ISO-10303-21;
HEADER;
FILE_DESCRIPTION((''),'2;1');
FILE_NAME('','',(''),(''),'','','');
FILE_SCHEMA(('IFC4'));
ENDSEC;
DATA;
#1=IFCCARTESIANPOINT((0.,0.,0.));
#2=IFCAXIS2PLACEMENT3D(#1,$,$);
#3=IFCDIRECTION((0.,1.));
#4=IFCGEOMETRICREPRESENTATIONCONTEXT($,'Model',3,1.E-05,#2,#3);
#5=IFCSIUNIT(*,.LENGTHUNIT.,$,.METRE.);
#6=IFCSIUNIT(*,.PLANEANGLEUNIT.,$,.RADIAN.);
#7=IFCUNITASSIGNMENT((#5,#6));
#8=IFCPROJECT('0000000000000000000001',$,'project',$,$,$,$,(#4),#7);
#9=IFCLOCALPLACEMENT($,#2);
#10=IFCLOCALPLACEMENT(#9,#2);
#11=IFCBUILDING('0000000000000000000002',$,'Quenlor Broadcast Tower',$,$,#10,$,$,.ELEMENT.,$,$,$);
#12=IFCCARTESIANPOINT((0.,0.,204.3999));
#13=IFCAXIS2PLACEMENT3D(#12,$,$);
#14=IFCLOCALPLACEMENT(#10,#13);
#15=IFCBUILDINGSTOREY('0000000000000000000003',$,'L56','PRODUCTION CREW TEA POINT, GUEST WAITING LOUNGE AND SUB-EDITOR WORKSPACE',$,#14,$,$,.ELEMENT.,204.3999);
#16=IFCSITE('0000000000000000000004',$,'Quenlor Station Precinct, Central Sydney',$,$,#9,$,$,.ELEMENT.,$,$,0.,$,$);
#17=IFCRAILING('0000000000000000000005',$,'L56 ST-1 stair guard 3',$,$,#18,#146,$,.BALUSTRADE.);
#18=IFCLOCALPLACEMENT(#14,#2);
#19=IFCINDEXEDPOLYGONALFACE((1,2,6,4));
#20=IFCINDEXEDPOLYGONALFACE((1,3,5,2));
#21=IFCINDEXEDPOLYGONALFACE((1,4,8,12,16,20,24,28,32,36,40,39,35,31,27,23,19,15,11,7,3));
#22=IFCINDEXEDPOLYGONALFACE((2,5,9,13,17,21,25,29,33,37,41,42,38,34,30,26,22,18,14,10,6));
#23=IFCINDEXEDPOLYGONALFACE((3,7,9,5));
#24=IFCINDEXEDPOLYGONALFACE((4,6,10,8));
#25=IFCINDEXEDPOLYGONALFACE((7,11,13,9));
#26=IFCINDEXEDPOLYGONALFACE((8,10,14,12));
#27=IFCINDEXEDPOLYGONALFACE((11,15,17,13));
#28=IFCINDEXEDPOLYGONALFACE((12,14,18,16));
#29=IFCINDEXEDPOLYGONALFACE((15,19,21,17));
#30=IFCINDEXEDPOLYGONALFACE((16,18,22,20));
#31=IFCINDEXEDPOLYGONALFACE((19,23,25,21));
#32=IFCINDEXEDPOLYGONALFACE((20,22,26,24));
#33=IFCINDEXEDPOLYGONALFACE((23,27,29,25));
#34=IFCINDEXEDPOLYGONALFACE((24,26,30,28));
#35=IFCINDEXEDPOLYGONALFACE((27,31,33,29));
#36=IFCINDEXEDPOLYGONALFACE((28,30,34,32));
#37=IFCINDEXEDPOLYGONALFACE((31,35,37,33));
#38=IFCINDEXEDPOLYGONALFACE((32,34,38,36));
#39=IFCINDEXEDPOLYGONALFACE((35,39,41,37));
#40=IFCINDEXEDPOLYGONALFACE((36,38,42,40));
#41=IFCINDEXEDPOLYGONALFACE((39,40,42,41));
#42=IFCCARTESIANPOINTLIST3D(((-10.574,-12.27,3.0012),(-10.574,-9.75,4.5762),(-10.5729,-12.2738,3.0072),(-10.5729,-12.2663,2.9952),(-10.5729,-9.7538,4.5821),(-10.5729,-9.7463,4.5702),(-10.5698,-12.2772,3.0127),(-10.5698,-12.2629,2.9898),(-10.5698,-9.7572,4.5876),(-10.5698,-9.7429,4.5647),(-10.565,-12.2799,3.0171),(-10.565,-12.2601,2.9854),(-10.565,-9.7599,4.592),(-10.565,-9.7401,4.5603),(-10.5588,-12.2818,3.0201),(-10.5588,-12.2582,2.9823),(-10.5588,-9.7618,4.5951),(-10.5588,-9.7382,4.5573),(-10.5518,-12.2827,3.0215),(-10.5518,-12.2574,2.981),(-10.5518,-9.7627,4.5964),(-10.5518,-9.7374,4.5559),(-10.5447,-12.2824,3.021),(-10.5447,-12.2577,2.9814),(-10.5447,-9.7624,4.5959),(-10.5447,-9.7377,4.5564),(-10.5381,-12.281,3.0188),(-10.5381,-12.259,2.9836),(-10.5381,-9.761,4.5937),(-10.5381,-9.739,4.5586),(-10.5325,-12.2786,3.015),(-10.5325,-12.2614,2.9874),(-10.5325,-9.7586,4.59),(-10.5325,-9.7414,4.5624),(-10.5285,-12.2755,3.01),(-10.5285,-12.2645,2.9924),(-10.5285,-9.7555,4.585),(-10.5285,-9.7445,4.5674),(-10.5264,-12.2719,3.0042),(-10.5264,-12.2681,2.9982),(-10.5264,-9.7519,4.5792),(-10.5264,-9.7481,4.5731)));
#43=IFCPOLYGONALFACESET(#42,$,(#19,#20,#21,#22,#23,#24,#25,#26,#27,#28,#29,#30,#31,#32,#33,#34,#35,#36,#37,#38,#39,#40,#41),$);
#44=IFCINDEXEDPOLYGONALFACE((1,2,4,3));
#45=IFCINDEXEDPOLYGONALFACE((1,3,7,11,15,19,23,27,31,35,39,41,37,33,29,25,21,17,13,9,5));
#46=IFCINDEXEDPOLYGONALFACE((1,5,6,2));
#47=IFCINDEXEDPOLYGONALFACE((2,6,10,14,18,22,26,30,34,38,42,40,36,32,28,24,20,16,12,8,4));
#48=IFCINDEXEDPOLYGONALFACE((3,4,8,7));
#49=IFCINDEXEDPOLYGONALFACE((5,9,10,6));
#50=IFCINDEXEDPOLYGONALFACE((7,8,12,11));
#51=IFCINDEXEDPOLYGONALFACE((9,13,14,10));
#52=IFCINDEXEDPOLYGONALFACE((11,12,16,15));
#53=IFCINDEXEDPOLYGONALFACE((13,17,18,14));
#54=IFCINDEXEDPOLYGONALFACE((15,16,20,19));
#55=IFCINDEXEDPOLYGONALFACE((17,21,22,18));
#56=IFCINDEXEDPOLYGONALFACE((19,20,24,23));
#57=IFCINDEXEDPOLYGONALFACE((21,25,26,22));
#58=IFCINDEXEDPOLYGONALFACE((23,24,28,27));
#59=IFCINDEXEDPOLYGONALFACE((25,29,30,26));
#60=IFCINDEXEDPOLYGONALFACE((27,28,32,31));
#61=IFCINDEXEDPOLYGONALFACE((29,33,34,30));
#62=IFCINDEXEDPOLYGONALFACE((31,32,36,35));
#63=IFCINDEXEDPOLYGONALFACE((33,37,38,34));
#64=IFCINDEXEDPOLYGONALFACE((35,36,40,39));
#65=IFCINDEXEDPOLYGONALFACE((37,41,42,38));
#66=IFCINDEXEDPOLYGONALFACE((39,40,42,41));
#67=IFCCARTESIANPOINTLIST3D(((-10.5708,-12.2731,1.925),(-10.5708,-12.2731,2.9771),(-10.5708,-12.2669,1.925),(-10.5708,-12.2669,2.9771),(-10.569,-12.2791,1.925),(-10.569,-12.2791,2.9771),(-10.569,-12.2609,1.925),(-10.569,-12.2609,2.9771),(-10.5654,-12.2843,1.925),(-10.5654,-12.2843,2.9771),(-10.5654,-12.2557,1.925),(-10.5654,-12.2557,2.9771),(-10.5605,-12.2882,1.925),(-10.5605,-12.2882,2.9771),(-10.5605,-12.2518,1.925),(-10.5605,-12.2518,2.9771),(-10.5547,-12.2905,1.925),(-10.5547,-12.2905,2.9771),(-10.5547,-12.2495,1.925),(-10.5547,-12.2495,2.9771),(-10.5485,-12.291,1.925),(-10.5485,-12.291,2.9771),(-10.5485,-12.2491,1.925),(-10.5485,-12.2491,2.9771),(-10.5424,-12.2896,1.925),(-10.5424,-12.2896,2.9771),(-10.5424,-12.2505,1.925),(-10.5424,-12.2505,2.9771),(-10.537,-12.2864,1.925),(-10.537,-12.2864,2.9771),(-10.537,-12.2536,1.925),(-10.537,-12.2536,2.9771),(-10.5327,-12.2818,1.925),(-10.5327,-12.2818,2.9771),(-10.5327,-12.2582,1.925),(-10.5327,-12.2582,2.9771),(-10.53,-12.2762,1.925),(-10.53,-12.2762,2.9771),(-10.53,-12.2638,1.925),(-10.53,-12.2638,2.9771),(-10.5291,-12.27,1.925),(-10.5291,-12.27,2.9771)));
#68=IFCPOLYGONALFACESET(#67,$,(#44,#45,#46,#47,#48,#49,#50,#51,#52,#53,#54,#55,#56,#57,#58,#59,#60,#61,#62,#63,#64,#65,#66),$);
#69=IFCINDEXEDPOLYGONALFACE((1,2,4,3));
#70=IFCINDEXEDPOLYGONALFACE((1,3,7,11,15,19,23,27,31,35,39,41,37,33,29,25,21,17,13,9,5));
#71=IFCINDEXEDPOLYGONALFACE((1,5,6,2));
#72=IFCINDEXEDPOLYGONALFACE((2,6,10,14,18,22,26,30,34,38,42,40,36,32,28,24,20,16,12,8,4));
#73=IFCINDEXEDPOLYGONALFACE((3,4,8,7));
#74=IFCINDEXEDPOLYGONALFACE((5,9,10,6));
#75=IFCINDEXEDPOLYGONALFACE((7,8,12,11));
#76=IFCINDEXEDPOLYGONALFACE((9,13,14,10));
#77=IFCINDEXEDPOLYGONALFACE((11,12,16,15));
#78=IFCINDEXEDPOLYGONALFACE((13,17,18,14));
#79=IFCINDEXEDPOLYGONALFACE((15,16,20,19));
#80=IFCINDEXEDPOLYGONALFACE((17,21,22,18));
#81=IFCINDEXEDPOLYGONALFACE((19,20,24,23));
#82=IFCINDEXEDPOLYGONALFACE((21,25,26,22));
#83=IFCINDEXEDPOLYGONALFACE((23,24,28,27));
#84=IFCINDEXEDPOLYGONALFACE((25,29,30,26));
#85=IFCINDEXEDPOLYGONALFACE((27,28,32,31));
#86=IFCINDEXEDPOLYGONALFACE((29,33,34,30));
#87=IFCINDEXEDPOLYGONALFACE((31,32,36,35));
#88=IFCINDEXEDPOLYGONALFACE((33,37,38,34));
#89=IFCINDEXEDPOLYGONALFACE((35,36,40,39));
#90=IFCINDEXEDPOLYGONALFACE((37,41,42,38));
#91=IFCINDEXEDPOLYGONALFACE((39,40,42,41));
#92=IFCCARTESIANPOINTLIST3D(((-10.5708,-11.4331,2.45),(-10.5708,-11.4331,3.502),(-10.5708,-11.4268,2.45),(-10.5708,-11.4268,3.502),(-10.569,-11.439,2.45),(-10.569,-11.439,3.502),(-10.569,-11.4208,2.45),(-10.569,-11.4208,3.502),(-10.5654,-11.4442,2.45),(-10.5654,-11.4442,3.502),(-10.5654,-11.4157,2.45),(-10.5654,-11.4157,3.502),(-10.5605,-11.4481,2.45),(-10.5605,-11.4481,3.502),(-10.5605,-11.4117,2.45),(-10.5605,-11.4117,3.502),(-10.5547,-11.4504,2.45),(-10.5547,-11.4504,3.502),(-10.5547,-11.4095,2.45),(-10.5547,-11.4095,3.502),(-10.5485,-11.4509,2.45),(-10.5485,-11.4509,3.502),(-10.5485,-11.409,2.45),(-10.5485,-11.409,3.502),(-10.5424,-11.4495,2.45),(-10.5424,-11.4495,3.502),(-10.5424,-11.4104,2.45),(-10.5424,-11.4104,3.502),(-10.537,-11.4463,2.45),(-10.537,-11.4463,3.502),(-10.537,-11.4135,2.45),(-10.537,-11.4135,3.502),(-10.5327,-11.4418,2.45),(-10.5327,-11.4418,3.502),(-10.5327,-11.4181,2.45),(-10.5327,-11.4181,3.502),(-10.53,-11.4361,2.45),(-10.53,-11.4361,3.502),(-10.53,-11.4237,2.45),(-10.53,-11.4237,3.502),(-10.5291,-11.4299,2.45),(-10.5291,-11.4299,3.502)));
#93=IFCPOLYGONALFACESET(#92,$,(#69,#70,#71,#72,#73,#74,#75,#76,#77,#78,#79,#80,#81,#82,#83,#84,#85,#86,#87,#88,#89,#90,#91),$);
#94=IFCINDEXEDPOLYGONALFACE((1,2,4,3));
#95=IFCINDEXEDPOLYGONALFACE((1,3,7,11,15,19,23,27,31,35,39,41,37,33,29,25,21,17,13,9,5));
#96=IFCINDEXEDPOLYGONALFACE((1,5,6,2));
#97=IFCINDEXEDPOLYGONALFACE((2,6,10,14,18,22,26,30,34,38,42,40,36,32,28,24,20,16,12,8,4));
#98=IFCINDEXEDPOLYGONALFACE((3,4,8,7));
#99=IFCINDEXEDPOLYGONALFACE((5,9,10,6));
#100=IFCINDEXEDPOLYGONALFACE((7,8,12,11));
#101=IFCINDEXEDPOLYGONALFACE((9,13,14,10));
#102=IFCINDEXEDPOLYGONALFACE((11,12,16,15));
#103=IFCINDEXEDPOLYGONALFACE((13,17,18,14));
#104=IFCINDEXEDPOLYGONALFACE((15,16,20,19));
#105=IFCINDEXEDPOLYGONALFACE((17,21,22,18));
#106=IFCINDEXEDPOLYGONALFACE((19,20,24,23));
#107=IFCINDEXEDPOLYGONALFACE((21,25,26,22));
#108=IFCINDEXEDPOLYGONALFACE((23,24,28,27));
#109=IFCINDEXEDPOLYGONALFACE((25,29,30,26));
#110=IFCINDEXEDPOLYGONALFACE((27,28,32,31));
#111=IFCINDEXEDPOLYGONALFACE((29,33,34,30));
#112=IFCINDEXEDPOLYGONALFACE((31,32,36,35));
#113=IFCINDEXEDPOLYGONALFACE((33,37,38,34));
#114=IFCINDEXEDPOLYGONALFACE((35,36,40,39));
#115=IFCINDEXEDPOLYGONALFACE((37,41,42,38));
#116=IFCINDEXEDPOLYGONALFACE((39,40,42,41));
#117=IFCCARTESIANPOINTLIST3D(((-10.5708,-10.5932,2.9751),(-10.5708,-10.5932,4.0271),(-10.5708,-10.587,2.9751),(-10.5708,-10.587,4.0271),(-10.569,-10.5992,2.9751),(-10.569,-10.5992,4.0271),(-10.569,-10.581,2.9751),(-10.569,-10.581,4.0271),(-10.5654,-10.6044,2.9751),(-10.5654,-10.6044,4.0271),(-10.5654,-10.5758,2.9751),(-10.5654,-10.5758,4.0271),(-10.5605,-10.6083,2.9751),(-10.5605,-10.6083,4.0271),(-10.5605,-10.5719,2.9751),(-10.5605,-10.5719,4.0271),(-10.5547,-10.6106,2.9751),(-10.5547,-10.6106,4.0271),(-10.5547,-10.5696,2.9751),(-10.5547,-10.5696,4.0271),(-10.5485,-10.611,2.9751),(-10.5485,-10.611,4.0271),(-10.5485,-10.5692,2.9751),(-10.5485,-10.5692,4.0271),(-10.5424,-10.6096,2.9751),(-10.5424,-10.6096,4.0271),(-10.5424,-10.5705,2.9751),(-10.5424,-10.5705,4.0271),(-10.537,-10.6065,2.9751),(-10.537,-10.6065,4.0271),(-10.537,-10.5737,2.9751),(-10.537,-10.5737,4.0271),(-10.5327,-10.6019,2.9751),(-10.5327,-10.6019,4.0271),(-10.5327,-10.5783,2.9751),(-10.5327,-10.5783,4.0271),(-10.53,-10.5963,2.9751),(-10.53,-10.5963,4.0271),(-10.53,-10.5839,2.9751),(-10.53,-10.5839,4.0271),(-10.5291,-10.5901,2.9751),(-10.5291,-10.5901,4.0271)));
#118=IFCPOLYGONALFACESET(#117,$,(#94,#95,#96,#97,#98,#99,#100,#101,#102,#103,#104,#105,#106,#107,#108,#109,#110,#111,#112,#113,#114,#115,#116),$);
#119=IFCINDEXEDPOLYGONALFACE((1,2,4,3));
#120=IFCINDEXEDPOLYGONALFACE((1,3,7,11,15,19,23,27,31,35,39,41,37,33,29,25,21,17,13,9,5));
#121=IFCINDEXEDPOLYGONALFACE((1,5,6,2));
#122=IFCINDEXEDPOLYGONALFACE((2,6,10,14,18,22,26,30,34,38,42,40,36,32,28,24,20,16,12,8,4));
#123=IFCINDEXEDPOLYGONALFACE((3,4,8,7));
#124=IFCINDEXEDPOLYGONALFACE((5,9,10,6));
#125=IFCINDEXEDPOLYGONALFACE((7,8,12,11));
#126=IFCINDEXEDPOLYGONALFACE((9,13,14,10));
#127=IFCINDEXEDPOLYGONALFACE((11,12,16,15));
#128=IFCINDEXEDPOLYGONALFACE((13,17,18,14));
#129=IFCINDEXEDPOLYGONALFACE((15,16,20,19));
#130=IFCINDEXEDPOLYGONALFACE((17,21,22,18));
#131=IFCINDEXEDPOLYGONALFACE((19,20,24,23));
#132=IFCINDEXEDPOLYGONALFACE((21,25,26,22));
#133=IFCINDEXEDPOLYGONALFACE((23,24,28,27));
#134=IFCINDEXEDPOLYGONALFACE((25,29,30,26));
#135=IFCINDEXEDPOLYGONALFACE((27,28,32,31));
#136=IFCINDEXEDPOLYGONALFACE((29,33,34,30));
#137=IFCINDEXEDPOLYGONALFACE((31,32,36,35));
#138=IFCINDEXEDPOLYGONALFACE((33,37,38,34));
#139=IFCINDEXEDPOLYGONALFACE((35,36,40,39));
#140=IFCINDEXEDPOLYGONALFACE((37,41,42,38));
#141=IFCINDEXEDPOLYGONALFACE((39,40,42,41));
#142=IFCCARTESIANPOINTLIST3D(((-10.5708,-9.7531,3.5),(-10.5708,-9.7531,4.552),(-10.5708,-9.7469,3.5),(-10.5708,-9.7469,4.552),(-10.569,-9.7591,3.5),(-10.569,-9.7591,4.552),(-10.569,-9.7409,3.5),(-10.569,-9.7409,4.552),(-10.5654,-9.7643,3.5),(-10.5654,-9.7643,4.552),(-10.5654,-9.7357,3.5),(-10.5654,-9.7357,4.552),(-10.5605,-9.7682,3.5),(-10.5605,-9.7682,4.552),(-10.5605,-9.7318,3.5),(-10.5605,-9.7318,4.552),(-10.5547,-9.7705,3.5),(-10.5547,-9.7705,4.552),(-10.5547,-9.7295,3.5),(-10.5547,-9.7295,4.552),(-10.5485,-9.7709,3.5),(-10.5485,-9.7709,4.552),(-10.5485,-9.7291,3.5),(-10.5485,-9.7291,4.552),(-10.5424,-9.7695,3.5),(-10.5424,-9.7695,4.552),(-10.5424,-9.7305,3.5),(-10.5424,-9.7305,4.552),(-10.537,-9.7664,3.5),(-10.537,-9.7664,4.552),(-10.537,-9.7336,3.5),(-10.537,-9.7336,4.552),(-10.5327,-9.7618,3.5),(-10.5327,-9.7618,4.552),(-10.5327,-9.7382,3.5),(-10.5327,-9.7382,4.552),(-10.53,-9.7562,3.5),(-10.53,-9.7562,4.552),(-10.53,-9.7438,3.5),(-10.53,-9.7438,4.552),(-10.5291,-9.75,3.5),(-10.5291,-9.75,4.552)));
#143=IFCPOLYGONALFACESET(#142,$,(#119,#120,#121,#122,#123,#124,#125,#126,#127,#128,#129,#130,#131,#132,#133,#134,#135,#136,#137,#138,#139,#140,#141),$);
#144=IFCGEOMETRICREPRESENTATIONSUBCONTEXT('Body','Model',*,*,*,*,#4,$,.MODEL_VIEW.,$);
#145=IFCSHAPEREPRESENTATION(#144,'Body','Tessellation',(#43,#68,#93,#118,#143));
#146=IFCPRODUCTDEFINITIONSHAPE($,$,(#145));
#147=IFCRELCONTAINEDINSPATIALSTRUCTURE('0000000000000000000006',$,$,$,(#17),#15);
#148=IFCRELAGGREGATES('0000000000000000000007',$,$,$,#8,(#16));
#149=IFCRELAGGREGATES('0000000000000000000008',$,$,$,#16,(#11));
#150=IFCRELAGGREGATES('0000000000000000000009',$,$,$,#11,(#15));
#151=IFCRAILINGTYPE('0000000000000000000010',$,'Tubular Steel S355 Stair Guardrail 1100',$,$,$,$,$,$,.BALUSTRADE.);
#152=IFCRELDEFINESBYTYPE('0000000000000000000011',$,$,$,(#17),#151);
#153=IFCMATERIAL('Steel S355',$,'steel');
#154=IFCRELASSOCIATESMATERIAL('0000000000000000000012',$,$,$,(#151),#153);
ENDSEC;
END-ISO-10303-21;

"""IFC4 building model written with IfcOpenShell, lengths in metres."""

from ifc_helpers import new_model, si_unit, direction, frame, origin, origin_2d, place, context, subcontext, project, spatial, circle, extrude, material, type_object, element, save


model = new_model("IFC4")

# Units and contexts
model_context = context("Model", 3, precision=1e-05, world=origin(), true_north=direction((0.0, 1.0)))
body_context = subcontext(model_context, "Body", "Model", "MODEL_VIEW")
ifc_project = project(units=[si_unit("LENGTHUNIT", "METRE"), si_unit("PLANEANGLEUNIT", "RADIAN")], contexts=[model_context])

# Site, building, storey
site_placement = place(None, origin())
site = spatial("IfcSite", under=ifc_project, at=site_placement, Name="Quenlor Station Precinct, Central Sydney", CompositionType="ELEMENT", RefElevation=0.0)
building_placement = place(site_placement, origin())
building = spatial("IfcBuilding", under=site, at=building_placement, Name="Quenlor Broadcast Tower", CompositionType="ELEMENT")
storey_placement = place(building_placement, frame((0.0, 0.0, 204.3999)))
storey = spatial("IfcBuildingStorey", under=building, at=storey_placement, Name="L56", Description="PRODUCTION CREW TEA POINT, GUEST WAITING LOUNGE AND SUB-EDITOR WORKSPACE", CompositionType="ELEMENT", Elevation=204.3999)

# Railing
ifc_material_1 = material(Name="Steel S355", Category="steel")
railing_type = type_object("IfcRailingType", Name="Tubular Steel S355 Stair Guardrail 1100", PredefinedType="BALUSTRADE", material=ifc_material_1)
railing_1_placement = place(storey_placement, frame((-10.55, -12.27, 1.925)))
element("IfcRailing", 1, at=railing_1_placement, inside=storey, type_object=railing_type, Name="L56 ST-1 stair guard 3", PredefinedType="BALUSTRADE", context=body_context, shape_type="SweptSolid", body=[
    extrude(circle(Radius=0.0239, at=origin_2d()), frame((0.0, 0.0, 1.0762), z_axis=(0.0, 0.848008, 0.529984), x_axis=(-1.0, 0.0, 0.0)), (0.0, 0.0, 1.0), 2.9717),
    extrude(circle(Radius=0.021, at=origin_2d()), origin(), (0.0, 0.0, 1.0), 1.052),
    extrude(circle(Radius=0.021, at=origin_2d()), frame((0.0, 0.8401, 0.5249)), (0.0, 0.0, 1.0), 1.052),
    extrude(circle(Radius=0.021, at=origin_2d()), frame((0.0, 1.6799, 1.05)), (0.0, 0.0, 1.0), 1.052),
    extrude(circle(Radius=0.021, at=origin_2d()), frame((0.0, 2.52, 1.575)), (0.0, 0.0, 1.0), 1.052),
])

save(model, "model.ifc")
